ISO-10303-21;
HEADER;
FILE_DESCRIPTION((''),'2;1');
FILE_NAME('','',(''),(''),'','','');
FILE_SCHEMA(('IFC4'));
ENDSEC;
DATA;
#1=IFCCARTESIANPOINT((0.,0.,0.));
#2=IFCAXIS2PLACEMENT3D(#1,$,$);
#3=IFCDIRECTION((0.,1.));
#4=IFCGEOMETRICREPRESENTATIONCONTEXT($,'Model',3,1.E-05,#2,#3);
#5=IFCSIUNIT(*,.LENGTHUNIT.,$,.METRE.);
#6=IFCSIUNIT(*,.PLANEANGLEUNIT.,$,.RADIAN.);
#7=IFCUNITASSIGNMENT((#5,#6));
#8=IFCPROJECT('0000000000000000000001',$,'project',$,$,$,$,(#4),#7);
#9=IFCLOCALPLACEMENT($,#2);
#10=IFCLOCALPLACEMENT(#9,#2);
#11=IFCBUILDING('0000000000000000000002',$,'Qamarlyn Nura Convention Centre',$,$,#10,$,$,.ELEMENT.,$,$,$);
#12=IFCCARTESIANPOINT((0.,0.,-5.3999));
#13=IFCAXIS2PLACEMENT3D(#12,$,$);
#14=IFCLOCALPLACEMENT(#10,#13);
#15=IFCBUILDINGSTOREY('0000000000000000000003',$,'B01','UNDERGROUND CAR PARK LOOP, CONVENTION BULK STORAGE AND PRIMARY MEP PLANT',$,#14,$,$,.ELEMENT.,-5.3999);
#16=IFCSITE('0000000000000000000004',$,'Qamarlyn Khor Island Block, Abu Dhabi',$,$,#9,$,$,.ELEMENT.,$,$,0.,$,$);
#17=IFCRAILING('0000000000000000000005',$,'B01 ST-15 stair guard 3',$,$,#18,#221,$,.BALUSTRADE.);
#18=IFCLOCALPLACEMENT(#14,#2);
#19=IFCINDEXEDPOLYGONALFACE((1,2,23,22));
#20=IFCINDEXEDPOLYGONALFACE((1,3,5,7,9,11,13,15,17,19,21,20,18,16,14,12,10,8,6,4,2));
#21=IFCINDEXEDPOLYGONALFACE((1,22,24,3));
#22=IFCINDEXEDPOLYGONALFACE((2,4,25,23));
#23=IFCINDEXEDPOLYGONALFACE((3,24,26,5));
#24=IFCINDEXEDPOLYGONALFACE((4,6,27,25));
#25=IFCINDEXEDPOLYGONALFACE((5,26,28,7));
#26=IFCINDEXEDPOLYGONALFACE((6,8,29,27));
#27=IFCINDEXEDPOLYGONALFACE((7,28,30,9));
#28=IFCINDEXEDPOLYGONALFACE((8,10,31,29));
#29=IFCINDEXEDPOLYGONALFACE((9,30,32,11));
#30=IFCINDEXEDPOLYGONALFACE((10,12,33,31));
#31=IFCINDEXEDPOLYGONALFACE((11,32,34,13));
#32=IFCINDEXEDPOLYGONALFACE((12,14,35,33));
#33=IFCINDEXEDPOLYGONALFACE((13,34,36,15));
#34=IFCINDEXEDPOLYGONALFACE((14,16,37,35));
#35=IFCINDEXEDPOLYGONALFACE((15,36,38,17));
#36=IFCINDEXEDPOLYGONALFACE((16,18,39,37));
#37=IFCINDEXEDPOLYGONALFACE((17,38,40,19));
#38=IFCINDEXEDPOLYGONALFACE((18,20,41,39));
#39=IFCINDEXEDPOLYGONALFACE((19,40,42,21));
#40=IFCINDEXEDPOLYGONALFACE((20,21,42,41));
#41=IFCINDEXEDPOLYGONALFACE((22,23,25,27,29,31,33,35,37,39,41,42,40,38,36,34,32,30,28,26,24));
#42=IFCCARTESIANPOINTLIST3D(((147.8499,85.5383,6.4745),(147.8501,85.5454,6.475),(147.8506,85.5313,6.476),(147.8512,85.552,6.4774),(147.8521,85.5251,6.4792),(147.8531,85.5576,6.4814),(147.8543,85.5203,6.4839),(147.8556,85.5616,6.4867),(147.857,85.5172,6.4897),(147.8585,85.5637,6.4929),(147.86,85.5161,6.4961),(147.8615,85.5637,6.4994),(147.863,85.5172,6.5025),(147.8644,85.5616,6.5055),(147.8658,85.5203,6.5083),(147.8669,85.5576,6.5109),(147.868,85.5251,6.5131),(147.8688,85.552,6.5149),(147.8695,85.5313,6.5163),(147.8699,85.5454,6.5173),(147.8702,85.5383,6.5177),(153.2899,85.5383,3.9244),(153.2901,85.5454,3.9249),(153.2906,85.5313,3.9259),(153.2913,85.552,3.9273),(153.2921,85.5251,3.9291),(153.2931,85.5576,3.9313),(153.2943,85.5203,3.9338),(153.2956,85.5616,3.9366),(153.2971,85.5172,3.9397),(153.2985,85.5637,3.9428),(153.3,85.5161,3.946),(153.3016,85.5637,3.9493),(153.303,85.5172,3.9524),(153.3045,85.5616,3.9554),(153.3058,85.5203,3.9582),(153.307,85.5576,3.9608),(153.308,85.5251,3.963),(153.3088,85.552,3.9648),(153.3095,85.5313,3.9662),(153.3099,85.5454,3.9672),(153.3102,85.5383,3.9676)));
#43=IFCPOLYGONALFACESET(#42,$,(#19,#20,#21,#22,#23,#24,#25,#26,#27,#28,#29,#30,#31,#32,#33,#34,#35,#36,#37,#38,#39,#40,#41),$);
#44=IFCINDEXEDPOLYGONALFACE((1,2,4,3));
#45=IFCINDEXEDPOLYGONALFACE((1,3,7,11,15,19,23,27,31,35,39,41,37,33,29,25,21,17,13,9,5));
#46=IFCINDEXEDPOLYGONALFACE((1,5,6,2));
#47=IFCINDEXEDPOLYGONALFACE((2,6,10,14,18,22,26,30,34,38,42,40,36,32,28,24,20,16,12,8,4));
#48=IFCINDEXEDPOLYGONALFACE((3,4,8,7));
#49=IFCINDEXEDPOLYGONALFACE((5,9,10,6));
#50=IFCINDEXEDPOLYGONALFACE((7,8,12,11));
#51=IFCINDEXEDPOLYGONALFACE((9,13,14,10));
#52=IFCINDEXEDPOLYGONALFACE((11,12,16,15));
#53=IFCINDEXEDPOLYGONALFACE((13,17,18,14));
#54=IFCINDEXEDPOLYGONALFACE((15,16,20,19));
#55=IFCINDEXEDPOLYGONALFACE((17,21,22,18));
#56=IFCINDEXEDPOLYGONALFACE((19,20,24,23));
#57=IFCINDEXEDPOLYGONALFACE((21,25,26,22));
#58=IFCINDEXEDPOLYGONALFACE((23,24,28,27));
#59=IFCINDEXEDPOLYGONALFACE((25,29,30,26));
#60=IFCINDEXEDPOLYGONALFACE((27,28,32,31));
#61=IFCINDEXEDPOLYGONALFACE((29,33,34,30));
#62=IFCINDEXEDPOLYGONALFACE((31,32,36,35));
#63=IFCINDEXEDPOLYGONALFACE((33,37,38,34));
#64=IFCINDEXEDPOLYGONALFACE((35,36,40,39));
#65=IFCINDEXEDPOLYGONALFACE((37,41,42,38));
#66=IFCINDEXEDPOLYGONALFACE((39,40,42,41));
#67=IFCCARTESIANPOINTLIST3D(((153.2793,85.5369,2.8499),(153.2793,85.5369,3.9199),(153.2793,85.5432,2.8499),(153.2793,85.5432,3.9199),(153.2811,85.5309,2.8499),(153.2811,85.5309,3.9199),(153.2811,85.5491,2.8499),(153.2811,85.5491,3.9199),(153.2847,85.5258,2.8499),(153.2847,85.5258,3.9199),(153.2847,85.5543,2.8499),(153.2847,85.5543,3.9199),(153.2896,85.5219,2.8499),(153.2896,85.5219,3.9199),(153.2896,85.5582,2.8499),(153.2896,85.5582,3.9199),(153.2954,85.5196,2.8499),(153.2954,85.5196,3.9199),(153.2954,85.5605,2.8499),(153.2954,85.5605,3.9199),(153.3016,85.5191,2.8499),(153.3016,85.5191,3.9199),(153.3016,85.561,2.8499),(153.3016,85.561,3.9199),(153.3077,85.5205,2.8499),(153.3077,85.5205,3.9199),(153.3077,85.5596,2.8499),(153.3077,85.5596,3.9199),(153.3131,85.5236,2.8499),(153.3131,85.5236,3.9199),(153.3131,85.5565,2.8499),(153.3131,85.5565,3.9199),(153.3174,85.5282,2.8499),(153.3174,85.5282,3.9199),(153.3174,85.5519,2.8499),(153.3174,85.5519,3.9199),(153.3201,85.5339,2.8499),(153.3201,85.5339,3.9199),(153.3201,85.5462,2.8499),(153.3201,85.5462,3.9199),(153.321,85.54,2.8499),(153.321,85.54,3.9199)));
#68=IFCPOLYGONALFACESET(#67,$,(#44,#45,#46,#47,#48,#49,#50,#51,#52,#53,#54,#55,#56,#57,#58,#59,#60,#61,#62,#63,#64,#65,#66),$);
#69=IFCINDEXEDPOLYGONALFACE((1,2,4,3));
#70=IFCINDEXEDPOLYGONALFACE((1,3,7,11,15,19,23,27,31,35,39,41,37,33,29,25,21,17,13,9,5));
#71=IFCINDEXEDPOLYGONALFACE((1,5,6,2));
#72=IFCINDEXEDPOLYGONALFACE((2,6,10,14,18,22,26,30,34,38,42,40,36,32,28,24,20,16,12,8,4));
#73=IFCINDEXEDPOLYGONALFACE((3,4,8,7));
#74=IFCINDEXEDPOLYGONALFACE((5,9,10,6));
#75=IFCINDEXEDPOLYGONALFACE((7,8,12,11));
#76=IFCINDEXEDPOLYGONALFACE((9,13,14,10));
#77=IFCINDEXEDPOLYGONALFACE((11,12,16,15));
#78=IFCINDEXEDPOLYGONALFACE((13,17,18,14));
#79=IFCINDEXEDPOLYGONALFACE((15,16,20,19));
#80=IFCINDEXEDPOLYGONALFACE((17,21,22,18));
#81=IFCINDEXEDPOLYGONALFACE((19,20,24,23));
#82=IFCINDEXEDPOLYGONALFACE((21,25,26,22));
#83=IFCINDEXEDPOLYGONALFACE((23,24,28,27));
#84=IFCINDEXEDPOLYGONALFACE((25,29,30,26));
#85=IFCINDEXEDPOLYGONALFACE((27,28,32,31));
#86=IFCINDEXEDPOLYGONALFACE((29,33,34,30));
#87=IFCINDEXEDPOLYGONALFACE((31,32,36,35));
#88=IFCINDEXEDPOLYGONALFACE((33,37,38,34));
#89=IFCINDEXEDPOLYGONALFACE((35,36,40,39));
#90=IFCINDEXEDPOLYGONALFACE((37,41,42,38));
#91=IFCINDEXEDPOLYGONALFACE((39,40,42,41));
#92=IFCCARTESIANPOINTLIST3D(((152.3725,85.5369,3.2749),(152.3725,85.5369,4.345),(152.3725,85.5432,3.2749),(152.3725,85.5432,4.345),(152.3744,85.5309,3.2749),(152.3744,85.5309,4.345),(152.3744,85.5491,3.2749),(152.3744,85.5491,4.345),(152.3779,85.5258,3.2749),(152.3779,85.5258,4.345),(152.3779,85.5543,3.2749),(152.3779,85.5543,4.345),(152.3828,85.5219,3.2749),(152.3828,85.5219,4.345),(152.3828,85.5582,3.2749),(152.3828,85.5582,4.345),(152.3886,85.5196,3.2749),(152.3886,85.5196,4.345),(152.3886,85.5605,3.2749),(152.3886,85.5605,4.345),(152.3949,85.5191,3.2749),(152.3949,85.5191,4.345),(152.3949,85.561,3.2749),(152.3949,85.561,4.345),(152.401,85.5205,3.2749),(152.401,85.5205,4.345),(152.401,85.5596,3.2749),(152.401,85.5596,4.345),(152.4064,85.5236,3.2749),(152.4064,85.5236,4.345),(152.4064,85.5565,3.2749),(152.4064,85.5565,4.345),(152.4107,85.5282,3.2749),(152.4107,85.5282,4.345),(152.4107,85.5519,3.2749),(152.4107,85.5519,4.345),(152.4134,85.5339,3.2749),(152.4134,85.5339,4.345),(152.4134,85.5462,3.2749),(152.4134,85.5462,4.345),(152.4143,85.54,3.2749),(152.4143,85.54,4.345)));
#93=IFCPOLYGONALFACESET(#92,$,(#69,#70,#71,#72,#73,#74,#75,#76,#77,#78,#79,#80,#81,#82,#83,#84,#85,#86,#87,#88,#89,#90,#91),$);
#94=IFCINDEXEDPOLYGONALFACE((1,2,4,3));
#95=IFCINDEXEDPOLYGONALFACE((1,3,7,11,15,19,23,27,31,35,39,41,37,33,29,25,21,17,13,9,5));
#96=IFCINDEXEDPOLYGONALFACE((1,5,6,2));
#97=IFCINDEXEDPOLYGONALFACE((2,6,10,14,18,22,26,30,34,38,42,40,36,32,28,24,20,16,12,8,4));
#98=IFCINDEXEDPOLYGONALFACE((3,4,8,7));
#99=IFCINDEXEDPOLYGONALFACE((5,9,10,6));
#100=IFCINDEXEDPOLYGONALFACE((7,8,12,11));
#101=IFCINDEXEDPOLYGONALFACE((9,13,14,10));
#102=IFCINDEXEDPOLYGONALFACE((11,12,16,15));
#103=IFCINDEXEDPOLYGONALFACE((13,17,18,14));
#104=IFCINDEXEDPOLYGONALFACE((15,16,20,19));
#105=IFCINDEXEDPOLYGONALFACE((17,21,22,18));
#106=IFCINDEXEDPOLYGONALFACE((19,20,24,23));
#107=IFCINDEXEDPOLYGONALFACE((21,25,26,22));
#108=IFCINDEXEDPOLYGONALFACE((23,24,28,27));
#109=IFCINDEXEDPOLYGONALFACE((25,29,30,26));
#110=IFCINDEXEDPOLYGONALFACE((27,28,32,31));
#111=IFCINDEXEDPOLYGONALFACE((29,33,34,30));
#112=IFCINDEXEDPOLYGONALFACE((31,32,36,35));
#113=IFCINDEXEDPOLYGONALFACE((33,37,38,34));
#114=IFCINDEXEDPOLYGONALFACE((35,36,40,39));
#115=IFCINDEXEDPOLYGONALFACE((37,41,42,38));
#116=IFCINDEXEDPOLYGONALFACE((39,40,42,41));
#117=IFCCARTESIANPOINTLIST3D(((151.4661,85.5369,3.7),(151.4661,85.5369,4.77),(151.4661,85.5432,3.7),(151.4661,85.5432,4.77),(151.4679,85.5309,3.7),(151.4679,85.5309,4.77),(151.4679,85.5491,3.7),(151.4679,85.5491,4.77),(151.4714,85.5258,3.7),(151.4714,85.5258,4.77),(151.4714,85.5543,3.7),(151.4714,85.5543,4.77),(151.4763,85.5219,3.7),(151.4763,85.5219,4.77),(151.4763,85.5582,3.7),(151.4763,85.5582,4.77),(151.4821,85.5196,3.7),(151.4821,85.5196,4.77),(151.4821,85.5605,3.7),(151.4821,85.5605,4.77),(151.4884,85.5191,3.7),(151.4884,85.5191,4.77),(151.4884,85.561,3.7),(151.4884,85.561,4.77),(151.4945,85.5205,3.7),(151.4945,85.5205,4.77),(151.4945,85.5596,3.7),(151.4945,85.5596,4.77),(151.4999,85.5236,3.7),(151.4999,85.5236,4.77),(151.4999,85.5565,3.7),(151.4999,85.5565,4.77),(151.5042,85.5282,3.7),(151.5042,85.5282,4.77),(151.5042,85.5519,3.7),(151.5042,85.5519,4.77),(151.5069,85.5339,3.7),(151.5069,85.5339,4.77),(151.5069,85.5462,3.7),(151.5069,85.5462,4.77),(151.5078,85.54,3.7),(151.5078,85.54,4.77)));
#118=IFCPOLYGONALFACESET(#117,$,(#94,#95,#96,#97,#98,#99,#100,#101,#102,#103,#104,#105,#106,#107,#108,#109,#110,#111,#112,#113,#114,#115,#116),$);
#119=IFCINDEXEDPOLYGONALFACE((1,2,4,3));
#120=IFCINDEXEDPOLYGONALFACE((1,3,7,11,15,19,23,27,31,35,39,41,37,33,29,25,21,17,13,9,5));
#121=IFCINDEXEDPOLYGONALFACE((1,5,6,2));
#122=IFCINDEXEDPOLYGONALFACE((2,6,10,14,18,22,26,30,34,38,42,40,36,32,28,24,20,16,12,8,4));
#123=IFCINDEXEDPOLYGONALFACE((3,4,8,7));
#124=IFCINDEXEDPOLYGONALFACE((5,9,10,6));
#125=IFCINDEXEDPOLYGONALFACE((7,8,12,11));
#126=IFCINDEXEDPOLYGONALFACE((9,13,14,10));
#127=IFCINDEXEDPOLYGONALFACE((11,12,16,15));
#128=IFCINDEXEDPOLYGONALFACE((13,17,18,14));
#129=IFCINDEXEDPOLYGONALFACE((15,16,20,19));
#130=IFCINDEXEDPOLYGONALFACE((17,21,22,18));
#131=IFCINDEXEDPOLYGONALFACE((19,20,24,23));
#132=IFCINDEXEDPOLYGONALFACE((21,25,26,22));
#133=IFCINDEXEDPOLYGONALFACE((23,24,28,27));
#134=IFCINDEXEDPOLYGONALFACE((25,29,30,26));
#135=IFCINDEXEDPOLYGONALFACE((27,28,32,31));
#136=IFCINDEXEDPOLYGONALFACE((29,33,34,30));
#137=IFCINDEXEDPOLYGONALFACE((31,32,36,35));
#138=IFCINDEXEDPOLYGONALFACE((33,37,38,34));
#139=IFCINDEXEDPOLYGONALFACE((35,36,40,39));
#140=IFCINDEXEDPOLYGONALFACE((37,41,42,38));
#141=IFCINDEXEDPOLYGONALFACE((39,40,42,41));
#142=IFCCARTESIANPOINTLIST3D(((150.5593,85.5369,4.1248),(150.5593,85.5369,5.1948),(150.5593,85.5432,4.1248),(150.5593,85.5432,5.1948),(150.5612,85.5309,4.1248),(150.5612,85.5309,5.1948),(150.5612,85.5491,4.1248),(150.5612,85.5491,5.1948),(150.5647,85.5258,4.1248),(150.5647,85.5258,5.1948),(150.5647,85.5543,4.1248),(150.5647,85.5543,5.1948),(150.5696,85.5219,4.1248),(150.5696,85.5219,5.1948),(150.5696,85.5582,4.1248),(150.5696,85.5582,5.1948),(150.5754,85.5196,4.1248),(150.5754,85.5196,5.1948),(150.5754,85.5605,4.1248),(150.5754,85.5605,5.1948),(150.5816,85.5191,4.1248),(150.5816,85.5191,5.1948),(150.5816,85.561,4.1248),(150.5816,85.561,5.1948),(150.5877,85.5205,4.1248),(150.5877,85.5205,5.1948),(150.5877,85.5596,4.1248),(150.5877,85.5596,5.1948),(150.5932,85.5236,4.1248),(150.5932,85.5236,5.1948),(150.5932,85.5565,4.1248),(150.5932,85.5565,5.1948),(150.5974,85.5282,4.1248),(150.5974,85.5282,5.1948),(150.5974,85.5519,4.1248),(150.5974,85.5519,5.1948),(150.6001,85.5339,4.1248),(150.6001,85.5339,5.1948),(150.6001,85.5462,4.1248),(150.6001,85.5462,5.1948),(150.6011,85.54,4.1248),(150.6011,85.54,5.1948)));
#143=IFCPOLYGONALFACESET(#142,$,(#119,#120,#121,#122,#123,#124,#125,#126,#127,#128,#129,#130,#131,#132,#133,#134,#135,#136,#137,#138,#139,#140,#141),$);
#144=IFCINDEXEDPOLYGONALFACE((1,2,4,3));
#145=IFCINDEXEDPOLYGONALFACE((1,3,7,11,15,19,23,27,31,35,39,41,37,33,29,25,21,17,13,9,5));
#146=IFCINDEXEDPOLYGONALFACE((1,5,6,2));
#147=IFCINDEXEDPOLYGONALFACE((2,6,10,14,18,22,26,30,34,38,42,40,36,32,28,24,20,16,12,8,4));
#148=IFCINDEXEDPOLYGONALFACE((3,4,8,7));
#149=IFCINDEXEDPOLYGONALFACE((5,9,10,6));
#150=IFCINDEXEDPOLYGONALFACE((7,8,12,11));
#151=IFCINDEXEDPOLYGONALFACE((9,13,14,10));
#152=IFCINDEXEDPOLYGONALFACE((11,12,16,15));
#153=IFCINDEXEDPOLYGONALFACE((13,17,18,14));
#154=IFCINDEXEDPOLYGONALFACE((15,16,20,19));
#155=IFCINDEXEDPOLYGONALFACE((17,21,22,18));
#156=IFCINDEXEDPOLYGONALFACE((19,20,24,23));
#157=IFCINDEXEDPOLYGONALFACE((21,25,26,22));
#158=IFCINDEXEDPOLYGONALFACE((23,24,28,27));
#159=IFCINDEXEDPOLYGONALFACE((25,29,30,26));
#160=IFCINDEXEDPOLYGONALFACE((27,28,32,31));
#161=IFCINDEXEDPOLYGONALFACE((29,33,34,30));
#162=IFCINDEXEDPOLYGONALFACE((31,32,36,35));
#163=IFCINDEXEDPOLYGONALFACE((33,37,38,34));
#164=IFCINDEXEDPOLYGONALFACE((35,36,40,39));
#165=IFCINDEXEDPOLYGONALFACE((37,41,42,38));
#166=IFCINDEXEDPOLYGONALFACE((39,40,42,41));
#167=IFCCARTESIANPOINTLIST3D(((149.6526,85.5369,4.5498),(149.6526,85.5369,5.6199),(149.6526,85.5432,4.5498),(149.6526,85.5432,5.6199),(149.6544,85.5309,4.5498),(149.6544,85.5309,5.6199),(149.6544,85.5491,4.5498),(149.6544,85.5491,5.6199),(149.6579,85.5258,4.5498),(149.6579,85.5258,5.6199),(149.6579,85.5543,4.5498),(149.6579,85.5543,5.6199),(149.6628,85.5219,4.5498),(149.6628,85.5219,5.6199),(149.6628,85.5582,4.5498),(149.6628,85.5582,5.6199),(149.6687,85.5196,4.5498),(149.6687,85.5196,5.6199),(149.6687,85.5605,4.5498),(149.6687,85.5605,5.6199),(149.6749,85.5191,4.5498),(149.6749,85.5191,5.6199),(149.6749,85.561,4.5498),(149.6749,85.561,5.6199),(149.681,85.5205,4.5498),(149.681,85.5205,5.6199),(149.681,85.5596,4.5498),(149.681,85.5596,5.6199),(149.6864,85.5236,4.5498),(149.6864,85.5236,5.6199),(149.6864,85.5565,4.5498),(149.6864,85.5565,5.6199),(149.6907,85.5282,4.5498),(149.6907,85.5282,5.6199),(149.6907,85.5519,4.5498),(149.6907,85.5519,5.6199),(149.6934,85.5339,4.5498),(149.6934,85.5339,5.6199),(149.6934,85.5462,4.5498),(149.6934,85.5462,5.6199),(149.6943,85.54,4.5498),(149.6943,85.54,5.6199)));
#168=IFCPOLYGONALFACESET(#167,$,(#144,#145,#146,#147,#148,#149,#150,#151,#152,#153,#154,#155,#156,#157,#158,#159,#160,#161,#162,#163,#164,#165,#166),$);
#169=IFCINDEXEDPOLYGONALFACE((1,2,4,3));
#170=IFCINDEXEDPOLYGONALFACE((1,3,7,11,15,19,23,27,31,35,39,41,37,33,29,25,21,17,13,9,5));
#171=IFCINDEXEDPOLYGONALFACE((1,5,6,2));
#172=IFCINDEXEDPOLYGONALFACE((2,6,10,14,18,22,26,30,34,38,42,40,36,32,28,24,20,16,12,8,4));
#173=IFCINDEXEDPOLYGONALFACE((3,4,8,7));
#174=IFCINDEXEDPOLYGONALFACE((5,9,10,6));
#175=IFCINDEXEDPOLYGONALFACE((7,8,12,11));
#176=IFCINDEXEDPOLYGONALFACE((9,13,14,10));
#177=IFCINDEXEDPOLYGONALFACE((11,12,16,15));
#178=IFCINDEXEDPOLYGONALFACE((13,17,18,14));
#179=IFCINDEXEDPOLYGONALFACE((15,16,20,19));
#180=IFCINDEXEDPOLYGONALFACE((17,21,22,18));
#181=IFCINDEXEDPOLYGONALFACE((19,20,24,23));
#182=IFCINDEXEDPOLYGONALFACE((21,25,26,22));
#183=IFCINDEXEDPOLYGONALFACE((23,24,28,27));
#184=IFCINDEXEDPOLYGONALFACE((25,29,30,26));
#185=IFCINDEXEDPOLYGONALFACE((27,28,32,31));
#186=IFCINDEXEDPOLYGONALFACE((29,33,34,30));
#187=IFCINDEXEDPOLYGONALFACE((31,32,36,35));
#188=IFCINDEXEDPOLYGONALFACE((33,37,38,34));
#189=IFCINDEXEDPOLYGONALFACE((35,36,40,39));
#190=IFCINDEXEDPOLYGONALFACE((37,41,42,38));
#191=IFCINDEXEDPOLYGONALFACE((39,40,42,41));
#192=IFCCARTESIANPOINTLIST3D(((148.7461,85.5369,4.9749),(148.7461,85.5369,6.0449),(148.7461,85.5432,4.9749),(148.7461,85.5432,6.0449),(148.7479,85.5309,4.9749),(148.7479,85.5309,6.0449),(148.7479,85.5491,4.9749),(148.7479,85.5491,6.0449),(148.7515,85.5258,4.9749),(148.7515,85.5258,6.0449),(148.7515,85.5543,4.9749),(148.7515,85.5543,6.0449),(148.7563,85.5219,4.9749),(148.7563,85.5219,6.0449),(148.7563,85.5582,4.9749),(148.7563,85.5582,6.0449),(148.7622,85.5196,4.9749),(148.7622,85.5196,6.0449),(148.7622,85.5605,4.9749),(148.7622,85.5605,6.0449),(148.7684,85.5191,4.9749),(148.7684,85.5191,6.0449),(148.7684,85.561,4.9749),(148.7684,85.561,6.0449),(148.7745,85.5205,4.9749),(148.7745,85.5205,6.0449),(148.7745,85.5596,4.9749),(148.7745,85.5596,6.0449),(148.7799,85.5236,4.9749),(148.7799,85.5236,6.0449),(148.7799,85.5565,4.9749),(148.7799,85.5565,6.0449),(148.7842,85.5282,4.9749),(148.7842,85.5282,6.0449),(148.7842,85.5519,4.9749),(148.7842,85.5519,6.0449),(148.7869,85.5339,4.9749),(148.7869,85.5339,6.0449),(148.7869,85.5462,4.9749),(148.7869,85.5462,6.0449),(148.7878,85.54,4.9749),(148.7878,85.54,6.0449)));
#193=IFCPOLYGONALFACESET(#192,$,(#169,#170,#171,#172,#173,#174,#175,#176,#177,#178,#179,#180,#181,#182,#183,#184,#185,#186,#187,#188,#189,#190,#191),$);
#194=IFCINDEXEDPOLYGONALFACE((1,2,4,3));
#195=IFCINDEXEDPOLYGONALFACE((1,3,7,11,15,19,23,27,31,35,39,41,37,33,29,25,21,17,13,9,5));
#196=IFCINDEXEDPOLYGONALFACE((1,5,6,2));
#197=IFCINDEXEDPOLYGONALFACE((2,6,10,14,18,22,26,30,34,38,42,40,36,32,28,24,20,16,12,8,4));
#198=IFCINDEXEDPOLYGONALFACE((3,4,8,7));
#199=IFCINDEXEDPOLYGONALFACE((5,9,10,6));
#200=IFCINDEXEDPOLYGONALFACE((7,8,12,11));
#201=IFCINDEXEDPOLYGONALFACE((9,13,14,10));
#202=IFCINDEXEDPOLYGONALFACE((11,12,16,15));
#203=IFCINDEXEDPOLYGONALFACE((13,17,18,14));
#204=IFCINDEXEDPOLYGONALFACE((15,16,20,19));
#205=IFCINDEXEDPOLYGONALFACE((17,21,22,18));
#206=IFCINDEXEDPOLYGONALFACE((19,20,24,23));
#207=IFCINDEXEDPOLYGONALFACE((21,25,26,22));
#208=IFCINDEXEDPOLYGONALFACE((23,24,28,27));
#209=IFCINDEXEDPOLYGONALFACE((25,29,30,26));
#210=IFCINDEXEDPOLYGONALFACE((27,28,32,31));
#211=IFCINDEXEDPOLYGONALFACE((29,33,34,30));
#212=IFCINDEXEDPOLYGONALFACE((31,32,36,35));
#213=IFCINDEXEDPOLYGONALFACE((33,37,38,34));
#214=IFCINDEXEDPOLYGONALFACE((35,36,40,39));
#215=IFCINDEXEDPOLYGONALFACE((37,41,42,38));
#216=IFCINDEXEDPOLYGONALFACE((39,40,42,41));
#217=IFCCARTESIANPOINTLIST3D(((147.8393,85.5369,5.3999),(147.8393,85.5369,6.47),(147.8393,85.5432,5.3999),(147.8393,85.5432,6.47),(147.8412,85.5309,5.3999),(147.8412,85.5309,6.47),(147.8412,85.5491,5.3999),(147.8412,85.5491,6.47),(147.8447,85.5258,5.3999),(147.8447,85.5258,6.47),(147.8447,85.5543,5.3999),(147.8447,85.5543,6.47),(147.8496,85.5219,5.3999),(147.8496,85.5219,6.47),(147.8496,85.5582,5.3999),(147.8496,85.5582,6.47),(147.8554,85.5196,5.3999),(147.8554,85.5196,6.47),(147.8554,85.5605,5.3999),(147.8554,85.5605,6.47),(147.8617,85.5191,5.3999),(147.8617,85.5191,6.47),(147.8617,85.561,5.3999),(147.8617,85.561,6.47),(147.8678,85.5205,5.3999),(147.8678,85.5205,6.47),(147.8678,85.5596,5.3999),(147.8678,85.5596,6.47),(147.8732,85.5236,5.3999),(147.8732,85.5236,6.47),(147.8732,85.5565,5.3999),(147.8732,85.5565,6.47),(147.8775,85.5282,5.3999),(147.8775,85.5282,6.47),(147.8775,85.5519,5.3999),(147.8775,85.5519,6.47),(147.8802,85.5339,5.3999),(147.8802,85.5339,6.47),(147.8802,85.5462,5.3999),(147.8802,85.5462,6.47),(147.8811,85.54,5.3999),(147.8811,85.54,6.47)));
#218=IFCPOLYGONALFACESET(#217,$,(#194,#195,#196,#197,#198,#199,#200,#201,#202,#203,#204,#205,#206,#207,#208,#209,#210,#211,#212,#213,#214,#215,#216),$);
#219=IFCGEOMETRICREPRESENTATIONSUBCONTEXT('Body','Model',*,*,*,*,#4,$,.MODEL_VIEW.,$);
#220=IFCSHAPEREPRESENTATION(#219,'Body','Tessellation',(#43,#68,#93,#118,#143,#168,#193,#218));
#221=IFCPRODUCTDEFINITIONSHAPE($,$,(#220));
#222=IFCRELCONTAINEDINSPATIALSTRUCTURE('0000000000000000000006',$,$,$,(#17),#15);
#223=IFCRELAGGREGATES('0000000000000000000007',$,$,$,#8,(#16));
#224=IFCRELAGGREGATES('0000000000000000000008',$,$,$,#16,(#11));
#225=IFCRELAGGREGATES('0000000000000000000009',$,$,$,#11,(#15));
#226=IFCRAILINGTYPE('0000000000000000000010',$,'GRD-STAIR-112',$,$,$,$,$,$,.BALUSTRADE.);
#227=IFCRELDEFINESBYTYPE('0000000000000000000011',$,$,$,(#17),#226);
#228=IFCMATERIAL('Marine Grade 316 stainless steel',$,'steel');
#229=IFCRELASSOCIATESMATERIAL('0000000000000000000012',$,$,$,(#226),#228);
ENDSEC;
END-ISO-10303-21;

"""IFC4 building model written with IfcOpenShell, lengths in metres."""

from ifc_helpers import new_model, si_unit, direction, frame, origin, origin_2d, place, context, subcontext, project, spatial, circle, extrude, material, type_object, element, save


model = new_model("IFC4")

# Units and contexts
model_context = context("Model", 3, precision=1e-05, world=origin(), true_north=direction((0.0, 1.0)))
body_context = subcontext(model_context, "Body", "Model", "MODEL_VIEW")
ifc_project = project(units=[si_unit("LENGTHUNIT", "METRE"), si_unit("PLANEANGLEUNIT", "RADIAN")], contexts=[model_context])

# Site, building, storey
site_placement = place(None, origin())
site = spatial("IfcSite", under=ifc_project, at=site_placement, Name="Qamarlyn Khor Island Block, Abu Dhabi", CompositionType="ELEMENT", RefElevation=0.0)
building_placement = place(site_placement, origin())
building = spatial("IfcBuilding", under=site, at=building_placement, Name="Qamarlyn Nura Convention Centre", CompositionType="ELEMENT")
storey_placement = place(building_placement, frame((0.0, 0.0, -5.3999)))
storey = spatial("IfcBuildingStorey", under=building, at=storey_placement, Name="B01", Description="UNDERGROUND CAR PARK LOOP, CONVENTION BULK STORAGE AND PRIMARY MEP PLANT", CompositionType="ELEMENT", Elevation=-5.3999)

# Railing
ifc_material_1 = material(Name="Marine Grade 316 stainless steel", Category="steel")
railing_type_1 = type_object("IfcRailingType", Name="GRD-STAIR-112", PredefinedType="BALUSTRADE", material=ifc_material_1)
railing_1_placement = place(storey_placement, frame((153.3, 85.54, 2.8499)))
element("IfcRailing", 1, at=railing_1_placement, inside=storey, type_object=railing_type_1, Name="B01 ST-15 stair guard 3", PredefinedType="BALUSTRADE", context=body_context, shape_type="SweptSolid", body=[
    extrude(circle(Radius=0.0239, at=origin_2d()), frame((0.0, 0.0, 1.0962), z_axis=(-0.905454, 0.0, 0.424444), x_axis=(0.0, -1.0, 0.0)), (0.0, 0.0, 1.0), 6.0081),
    extrude(circle(Radius=0.021, at=origin_2d()), origin(), (0.0, 0.0, 1.0), 1.0701),
    extrude(circle(Radius=0.021, at=origin_2d()), frame((-0.9067, 0.0, 0.425)), (0.0, 0.0, 1.0), 1.0701),
    extrude(circle(Radius=0.021, at=origin_2d()), frame((-1.8132, 0.0, 0.8501)), (0.0, 0.0, 1.0), 1.0701),
    extrude(circle(Radius=0.021, at=origin_2d()), frame((-2.72, 0.0, 1.2749)), (0.0, 0.0, 1.0), 1.0701),
    extrude(circle(Radius=0.021, at=origin_2d()), frame((-3.6267, 0.0, 1.7)), (0.0, 0.0, 1.0), 1.0701),
    extrude(circle(Radius=0.021, at=origin_2d()), frame((-4.5332, 0.0, 2.125)), (0.0, 0.0, 1.0), 1.0701),
    extrude(circle(Radius=0.021, at=origin_2d()), frame((-5.4399, 0.0, 2.55)), (0.0, 0.0, 1.0), 1.0701),
])

save(model, "model.ifc")
